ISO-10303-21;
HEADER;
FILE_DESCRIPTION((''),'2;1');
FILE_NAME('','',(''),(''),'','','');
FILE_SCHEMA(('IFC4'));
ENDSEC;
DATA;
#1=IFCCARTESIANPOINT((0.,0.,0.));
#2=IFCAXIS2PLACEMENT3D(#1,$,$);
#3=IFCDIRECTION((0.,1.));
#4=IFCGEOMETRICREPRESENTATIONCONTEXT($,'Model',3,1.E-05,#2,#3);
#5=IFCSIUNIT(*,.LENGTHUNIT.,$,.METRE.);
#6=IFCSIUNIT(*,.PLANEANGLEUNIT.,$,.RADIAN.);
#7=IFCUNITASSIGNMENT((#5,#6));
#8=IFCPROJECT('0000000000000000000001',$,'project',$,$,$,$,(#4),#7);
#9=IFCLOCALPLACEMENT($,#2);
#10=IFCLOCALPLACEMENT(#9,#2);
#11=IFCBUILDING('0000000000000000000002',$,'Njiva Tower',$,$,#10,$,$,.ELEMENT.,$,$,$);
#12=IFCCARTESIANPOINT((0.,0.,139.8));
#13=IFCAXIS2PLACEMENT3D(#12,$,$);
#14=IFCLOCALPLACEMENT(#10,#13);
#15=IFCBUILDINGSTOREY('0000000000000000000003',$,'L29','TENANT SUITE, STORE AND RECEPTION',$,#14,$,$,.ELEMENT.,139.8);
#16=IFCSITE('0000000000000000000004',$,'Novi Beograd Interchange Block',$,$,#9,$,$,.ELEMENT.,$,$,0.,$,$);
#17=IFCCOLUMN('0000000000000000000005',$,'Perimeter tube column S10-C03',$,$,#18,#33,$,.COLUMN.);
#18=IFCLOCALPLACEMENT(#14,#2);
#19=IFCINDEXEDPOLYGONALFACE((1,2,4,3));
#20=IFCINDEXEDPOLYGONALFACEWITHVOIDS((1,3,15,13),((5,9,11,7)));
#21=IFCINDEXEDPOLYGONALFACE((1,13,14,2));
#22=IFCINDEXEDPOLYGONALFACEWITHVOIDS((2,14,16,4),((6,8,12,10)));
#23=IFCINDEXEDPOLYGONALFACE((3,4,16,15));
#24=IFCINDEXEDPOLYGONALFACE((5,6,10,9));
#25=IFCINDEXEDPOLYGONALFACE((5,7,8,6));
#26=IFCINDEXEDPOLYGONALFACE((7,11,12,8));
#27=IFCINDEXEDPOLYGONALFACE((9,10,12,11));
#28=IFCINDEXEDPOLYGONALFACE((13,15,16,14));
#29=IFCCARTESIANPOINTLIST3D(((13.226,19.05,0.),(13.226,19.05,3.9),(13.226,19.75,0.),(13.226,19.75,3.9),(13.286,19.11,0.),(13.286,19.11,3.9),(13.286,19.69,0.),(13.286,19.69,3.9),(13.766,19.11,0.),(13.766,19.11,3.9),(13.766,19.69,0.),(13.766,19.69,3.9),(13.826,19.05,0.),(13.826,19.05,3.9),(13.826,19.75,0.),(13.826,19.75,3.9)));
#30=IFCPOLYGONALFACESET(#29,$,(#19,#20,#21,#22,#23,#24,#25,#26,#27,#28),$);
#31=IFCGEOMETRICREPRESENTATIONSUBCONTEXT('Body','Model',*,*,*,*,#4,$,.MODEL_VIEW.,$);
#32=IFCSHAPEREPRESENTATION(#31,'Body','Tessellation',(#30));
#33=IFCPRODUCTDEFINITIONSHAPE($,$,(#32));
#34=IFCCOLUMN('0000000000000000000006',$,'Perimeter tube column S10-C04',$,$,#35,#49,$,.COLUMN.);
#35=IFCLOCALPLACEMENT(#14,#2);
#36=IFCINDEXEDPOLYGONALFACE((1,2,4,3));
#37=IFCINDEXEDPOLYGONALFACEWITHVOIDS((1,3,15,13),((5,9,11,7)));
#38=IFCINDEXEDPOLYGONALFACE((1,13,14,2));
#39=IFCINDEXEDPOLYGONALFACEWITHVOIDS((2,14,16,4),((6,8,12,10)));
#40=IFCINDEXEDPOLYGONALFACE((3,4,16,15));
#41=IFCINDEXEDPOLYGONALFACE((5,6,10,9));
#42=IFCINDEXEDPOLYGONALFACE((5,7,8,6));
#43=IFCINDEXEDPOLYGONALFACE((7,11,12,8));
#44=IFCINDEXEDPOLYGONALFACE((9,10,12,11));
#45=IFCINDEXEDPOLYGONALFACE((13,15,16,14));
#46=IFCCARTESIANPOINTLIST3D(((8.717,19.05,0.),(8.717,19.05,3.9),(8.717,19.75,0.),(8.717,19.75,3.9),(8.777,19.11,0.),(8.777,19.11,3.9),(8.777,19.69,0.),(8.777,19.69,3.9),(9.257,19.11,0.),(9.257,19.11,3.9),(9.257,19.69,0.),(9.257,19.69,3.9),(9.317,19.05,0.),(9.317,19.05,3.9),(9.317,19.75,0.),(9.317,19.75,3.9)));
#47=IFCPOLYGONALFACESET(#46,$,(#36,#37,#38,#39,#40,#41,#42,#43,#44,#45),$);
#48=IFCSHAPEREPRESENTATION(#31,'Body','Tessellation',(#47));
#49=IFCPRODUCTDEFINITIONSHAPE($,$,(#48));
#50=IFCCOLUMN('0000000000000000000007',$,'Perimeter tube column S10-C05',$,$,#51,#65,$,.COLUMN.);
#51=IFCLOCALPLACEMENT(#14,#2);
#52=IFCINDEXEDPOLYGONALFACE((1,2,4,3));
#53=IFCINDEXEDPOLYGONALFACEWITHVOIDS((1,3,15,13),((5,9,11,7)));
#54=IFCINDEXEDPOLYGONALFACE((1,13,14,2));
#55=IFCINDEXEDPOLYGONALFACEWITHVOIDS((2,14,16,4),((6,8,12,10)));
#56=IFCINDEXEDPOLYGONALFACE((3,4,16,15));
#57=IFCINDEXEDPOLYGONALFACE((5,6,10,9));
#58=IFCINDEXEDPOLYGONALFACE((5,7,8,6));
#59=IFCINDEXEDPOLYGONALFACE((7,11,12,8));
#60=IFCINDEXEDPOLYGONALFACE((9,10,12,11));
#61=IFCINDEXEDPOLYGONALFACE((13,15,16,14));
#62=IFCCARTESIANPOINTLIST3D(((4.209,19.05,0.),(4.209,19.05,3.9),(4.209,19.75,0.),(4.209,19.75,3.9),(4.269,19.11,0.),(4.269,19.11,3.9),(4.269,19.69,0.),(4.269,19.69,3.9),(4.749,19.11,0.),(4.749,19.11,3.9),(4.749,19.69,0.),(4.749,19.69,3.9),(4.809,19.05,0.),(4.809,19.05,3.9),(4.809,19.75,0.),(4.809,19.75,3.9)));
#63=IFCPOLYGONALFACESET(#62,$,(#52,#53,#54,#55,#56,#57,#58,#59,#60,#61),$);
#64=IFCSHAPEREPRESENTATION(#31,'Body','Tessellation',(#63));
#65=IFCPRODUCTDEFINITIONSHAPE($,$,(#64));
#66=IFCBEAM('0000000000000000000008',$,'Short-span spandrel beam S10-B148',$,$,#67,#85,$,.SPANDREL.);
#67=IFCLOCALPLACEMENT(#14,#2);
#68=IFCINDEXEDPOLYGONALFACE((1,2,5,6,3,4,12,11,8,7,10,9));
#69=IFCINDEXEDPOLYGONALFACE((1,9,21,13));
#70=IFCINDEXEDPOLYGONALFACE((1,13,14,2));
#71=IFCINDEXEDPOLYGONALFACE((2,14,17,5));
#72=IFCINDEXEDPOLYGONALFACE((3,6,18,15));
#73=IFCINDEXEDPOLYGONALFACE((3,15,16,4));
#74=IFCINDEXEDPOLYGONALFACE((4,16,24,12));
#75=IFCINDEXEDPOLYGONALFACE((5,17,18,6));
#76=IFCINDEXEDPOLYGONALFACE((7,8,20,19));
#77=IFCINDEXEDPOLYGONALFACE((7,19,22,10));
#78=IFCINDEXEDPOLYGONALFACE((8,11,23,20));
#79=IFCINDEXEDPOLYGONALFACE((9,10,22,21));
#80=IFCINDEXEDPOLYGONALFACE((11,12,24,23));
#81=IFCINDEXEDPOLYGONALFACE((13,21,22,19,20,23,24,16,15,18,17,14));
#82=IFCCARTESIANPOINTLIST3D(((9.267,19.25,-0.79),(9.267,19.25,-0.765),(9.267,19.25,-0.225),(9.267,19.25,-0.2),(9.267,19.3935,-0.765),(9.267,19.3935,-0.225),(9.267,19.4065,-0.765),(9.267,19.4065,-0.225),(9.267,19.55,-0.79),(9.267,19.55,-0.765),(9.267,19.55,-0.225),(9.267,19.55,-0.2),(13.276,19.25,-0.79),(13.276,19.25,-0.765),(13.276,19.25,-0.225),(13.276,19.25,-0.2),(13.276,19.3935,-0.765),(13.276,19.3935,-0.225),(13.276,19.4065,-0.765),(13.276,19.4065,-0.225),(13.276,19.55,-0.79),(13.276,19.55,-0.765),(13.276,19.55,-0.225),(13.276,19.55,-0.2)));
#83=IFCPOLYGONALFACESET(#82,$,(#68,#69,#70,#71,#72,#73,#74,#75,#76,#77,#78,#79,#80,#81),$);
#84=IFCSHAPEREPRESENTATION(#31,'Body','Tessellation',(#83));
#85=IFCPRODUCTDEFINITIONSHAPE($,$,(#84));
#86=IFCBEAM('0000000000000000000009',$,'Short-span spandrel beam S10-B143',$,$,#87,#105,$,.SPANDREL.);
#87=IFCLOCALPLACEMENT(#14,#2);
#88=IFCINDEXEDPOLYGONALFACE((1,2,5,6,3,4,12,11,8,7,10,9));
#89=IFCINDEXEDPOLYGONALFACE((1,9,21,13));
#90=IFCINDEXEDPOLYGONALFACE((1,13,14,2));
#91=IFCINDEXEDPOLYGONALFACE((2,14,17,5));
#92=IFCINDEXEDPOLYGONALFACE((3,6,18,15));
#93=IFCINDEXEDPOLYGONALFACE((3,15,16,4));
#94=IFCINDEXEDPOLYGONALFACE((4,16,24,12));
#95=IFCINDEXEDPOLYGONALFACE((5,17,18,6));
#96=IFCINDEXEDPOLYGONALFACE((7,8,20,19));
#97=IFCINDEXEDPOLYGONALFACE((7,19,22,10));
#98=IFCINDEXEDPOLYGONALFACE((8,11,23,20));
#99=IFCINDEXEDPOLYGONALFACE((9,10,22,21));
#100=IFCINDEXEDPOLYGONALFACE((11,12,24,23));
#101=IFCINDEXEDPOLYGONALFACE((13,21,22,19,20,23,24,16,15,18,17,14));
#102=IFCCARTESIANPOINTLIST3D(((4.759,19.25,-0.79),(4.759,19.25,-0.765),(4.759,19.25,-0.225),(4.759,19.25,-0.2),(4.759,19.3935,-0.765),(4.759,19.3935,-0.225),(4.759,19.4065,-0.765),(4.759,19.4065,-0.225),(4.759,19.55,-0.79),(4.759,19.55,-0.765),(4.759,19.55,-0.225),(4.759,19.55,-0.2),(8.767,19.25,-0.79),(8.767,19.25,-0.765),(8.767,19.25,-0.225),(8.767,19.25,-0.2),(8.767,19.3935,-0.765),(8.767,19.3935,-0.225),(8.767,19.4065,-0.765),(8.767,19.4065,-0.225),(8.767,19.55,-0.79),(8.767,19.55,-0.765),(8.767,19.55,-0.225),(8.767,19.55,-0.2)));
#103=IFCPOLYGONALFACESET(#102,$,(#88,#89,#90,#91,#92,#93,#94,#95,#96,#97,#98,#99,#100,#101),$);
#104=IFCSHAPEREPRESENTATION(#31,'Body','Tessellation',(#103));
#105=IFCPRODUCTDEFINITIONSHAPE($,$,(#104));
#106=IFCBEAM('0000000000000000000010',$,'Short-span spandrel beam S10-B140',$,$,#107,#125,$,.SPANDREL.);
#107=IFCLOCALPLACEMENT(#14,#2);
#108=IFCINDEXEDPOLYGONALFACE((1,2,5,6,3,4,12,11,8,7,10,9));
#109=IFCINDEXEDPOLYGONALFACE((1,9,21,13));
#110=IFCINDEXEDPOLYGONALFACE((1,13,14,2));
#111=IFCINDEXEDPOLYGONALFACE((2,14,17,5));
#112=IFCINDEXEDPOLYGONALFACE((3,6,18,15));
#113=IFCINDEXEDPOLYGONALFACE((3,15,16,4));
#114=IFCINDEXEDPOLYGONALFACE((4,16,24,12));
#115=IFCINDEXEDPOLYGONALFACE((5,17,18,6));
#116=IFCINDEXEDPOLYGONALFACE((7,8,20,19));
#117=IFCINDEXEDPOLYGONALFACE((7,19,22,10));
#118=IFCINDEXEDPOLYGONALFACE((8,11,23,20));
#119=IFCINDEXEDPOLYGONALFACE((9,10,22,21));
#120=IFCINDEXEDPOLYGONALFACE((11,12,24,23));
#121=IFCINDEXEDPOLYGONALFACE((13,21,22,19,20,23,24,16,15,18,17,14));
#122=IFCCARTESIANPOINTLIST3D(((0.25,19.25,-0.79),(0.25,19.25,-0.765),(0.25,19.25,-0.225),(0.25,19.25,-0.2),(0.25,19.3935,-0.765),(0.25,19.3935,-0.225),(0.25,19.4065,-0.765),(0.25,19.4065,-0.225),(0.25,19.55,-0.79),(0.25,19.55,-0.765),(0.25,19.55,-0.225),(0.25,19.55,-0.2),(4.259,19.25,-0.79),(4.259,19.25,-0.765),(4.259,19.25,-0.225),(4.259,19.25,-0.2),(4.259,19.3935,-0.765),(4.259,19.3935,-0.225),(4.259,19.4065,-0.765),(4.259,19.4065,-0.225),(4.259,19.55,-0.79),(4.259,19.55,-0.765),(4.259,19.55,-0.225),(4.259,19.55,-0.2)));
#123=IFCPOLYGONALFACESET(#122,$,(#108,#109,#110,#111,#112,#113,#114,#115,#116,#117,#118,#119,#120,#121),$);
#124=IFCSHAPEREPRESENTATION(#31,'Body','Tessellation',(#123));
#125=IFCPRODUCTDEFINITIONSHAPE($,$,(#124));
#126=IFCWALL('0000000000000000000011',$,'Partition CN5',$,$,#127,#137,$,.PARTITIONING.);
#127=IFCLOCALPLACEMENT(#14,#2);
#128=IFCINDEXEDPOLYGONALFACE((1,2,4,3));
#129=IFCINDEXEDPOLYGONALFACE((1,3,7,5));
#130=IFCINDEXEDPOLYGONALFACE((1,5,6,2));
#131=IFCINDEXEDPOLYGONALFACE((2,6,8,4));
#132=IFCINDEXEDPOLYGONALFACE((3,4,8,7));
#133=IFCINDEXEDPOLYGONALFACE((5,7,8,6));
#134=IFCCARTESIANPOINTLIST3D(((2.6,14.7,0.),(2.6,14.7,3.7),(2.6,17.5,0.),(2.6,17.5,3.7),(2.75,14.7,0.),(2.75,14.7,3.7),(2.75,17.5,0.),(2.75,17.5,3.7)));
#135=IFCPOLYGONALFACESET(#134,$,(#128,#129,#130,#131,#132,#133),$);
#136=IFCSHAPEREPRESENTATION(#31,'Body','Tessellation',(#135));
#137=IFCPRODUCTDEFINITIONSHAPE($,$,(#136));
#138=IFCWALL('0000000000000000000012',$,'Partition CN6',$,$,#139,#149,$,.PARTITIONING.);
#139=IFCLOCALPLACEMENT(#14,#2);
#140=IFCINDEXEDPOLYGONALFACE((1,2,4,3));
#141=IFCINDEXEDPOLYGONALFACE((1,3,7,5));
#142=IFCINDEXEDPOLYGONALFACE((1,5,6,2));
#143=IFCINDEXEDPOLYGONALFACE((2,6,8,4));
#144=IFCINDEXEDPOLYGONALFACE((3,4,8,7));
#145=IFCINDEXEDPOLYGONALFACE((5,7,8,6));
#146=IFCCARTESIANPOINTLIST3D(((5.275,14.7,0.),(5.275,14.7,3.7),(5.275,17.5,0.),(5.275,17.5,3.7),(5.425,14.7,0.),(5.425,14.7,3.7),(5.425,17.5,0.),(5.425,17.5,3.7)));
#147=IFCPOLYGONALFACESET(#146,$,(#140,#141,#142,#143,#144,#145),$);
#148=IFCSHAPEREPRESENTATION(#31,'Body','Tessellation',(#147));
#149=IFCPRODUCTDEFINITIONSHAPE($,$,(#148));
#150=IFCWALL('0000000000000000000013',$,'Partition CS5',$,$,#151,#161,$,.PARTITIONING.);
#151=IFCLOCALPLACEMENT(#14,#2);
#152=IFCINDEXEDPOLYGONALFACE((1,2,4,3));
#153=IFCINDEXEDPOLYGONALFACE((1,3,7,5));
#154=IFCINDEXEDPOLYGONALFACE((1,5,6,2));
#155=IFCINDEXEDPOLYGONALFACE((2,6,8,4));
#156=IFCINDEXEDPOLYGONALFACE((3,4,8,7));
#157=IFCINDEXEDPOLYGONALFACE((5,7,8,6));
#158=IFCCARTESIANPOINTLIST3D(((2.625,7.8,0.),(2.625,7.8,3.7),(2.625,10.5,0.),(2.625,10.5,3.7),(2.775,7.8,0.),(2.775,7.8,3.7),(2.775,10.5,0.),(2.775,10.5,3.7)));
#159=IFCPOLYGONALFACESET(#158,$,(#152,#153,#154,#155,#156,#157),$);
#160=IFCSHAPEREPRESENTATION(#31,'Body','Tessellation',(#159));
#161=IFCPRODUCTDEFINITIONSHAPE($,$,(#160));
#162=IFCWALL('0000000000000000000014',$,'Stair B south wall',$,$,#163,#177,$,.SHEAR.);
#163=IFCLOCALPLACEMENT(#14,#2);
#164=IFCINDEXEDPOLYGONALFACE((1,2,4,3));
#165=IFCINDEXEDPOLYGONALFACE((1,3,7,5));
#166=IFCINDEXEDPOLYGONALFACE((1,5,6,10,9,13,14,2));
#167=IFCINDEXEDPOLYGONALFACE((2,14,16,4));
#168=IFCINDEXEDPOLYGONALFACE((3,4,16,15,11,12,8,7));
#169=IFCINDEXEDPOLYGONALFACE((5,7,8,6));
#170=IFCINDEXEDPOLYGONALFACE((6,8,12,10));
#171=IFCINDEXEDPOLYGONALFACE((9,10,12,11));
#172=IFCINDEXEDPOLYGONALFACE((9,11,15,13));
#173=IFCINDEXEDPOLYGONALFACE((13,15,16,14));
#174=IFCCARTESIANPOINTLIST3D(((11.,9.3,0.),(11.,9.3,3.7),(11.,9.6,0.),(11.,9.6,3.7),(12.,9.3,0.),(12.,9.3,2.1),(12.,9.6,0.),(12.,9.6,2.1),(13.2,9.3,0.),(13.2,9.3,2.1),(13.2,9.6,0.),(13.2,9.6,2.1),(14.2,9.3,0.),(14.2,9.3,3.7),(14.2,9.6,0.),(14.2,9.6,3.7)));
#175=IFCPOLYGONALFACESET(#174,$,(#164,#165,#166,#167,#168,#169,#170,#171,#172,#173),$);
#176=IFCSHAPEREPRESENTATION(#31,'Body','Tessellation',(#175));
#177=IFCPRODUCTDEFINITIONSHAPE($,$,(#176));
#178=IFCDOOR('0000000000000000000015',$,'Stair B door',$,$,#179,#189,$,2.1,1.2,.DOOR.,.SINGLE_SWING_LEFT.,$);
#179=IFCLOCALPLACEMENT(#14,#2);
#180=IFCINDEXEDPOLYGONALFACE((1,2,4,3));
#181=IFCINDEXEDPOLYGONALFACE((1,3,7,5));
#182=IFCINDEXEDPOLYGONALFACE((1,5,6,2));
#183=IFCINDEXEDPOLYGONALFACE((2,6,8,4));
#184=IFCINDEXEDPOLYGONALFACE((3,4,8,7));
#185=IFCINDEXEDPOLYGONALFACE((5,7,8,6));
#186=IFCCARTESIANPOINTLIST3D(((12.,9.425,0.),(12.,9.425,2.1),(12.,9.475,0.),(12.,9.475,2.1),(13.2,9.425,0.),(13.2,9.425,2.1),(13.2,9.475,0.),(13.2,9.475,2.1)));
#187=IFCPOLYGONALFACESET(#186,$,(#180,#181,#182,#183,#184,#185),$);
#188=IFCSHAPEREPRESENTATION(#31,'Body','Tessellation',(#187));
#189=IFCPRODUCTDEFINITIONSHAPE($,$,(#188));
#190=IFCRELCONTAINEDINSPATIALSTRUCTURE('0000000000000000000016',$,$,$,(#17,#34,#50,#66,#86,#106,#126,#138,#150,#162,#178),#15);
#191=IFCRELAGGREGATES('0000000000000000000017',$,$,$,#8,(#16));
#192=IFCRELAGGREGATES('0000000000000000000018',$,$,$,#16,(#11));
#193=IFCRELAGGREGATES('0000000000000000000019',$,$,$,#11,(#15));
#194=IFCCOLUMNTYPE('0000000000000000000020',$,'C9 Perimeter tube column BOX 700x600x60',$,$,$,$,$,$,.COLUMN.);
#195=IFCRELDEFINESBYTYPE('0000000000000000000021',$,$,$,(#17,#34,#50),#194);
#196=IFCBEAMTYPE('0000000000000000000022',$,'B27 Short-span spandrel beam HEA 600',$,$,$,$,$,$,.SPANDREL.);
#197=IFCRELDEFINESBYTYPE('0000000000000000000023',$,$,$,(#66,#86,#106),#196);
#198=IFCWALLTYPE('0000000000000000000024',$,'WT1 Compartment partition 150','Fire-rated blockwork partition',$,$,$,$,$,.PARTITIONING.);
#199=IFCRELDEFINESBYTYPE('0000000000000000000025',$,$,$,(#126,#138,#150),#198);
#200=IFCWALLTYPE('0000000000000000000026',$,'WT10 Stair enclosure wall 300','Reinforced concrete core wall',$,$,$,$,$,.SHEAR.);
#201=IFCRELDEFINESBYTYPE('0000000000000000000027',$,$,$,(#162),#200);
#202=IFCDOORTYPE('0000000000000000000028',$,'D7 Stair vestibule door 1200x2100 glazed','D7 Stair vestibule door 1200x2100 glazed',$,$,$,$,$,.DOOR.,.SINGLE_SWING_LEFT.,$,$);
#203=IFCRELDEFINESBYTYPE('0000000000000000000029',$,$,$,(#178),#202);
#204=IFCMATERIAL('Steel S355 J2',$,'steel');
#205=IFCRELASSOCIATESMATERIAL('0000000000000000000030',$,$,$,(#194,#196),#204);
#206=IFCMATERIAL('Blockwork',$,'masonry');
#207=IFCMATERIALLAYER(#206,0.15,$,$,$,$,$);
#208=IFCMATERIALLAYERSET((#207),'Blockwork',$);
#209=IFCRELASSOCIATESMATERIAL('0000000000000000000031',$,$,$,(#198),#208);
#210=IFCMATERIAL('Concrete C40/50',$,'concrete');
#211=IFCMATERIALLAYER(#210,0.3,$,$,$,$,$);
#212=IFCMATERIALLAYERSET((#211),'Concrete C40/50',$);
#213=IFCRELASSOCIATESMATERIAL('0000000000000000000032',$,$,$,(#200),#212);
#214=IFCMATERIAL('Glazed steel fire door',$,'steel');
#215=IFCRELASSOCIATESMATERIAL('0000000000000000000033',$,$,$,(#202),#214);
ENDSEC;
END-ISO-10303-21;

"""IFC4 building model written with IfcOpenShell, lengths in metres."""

from ifc_helpers import new_model, si_unit, direction, frame, frame_2d, origin, origin_2d, place, context, subcontext, project, spatial, rectangle, hollow_rectangle, i_section, extrude, material, layer, layer_set, material_profile, profile_set, type_object, element, fill, save


model = new_model("IFC4")

# Units and contexts
model_context = context("Model", 3, precision=1e-05, world=origin(), true_north=direction((0.0, 1.0)))
body_context = subcontext(model_context, "Body", "Model", "MODEL_VIEW")
ifc_project = project(units=[si_unit("LENGTHUNIT", "METRE"), si_unit("PLANEANGLEUNIT", "RADIAN")], contexts=[model_context])

# Site, building, storey
site_placement = place(None, origin())
site = spatial("IfcSite", under=ifc_project, at=site_placement, Name="Novi Beograd Interchange Block", CompositionType="ELEMENT", RefElevation=0.0)
building_placement = place(site_placement, origin())
building = spatial("IfcBuilding", under=site, at=building_placement, Name="Njiva Tower", CompositionType="ELEMENT")
storey_placement = place(building_placement, frame((0.0, 0.0, 139.8)))
storey = spatial("IfcBuildingStorey", under=building, at=storey_placement, Name="L29", Description="TENANT SUITE, STORE AND RECEPTION", CompositionType="ELEMENT", Elevation=139.8)

# Columns
ifc_material_1 = material(Name="Steel S355 J2", Category="steel")
ifc_material_profile_1 = material_profile(ifc_material_1, hollow_rectangle(XDim=0.6, YDim=0.7, WallThickness=0.06, at=origin_2d()), Name="BOX 700x600x60")
ifc_profile_set_1 = profile_set([ifc_material_profile_1], Name="Steel S355 J2")
column_type = type_object("IfcColumnType", Name="C9 Perimeter tube column BOX 700x600x60", PredefinedType="COLUMN", material=ifc_profile_set_1)
for number, where, z_axis, x_axis, name in (
    (1, (13.526, 19.4, 0.0), (0.0, 0.0, 1.0), (-1.0, 0.0, 0.0), "Perimeter tube column S10-C03"),
    (2, (9.017, 19.4, 0.0), (0.0, 0.0, 1.0), (-1.0, 0.0, 0.0), "Perimeter tube column S10-C04"),
    (3, (4.509, 19.4, 0.0), (0.0, 0.0, 1.0), (-1.0, 0.0, 0.0), "Perimeter tube column S10-C05"),
):
    element("IfcColumn", number, at=place(storey_placement, frame(where, z_axis=z_axis, x_axis=x_axis)), inside=storey, type_object=column_type, Name=name, PredefinedType="COLUMN", context=body_context, shape_type="SweptSolid", body=[
        extrude(hollow_rectangle(XDim=0.6, YDim=0.7, WallThickness=0.06, at=origin_2d()), origin(), (0.0, 0.0, 1.0), 3.9),
    ])

# Beams
ifc_material_profile_2 = material_profile(ifc_material_1, i_section(OverallWidth=0.3, OverallDepth=0.59, WebThickness=0.013, FlangeThickness=0.025, at=origin_2d()), Name="HEA 600")
ifc_profile_set_2 = profile_set([ifc_material_profile_2], Name="Steel S355 J2")
beam_type = type_object("IfcBeamType", Name="B27 Short-span spandrel beam HEA 600", PredefinedType="SPANDREL", material=ifc_profile_set_2)
beam_1_placement = place(storey_placement, frame((13.276, 19.4, -0.495), z_axis=(-1.0, 0.0, 0.0), x_axis=(0.0, -1.0, 0.0)))
element("IfcBeam", 4, at=beam_1_placement, inside=storey, type_object=beam_type, Name="Short-span spandrel beam S10-B148", PredefinedType="SPANDREL", context=body_context, shape_type="SweptSolid", body=[
    extrude(i_section(OverallWidth=0.3, OverallDepth=0.59, WebThickness=0.013, FlangeThickness=0.025, at=origin_2d()), origin(), (0.0, 0.0, 1.0), 4.009),
])
beam_2_placement = place(storey_placement, frame((8.767, 19.4, -0.495), z_axis=(-1.0, 0.0, 0.0), x_axis=(0.0, -1.0, 0.0)))
element("IfcBeam", 5, at=beam_2_placement, inside=storey, type_object=beam_type, Name="Short-span spandrel beam S10-B143", PredefinedType="SPANDREL", context=body_context, shape_type="SweptSolid", body=[
    extrude(i_section(OverallWidth=0.3, OverallDepth=0.59, WebThickness=0.013, FlangeThickness=0.025, at=origin_2d()), origin(), (0.0, 0.0, 1.0), 4.008),
])
beam_3_placement = place(storey_placement, frame((4.259, 19.4, -0.495), z_axis=(-1.0, 0.0, 0.0), x_axis=(0.0, -1.0, 0.0)))
element("IfcBeam", 6, at=beam_3_placement, inside=storey, type_object=beam_type, Name="Short-span spandrel beam S10-B140", PredefinedType="SPANDREL", context=body_context, shape_type="SweptSolid", body=[
    extrude(i_section(OverallWidth=0.3, OverallDepth=0.59, WebThickness=0.013, FlangeThickness=0.025, at=origin_2d()), origin(), (0.0, 0.0, 1.0), 4.009),
])

# Walls
ifc_material_2 = material(Name="Blockwork", Category="masonry")
ifc_layer_1 = layer(ifc_material_2, 0.15)
ifc_layer_set_1 = layer_set([ifc_layer_1], Name="Blockwork")
wall_type_1 = type_object("IfcWallType", Name="WT1 Compartment partition 150", Description="Fire-rated blockwork partition", PredefinedType="PARTITIONING", material=ifc_layer_set_1)
for number, where, z_axis, x_axis, name in (
    (7, (2.675, 14.7, 0.0), (0.0, 0.0, 1.0), (0.0, 1.0, 0.0), "Partition CN5"),
    (8, (5.35, 14.7, 0.0), (0.0, 0.0, 1.0), (0.0, 1.0, 0.0), "Partition CN6"),
):
    element("IfcWall", number, at=place(storey_placement, frame(where, z_axis=z_axis, x_axis=x_axis)), inside=storey, type_object=wall_type_1, Name=name, PredefinedType="PARTITIONING", context=body_context, shape_type="SweptSolid", body=[
        extrude(rectangle(XDim=2.8, YDim=0.15, at=frame_2d((1.4, 0.0))), origin(), (0.0, 0.0, 1.0), 3.7),
    ])
wall_1_placement = place(storey_placement, frame((2.7, 7.8, 0.0), z_axis=(0.0, 0.0, 1.0), x_axis=(0.0, 1.0, 0.0)))
element("IfcWall", 9, at=wall_1_placement, inside=storey, type_object=wall_type_1, Name="Partition CS5", PredefinedType="PARTITIONING", context=body_context, shape_type="SweptSolid", body=[
    extrude(rectangle(XDim=2.7, YDim=0.15, at=frame_2d((1.35, 0.0))), origin(), (0.0, 0.0, 1.0), 3.7),
])

# Wall, opening, door
ifc_material_3 = material(Name="Concrete C40/50", Category="concrete")
ifc_layer_2 = layer(ifc_material_3, 0.3)
ifc_layer_set_2 = layer_set([ifc_layer_2], Name="Concrete C40/50")
wall_type_2 = type_object("IfcWallType", Name="WT10 Stair enclosure wall 300", Description="Reinforced concrete core wall", PredefinedType="SHEAR", material=ifc_layer_set_2)
wall_2_placement = place(storey_placement, frame((11.0, 9.45, 0.0), z_axis=(0.0, 0.0, 1.0), x_axis=(1.0, 0.0, 0.0)))
wall_2 = element("IfcWall", 10, at=wall_2_placement, inside=storey, type_object=wall_type_2, Name="Stair B south wall", PredefinedType="SHEAR", context=body_context, shape_type="SweptSolid", body=[
    extrude(rectangle(XDim=3.2, YDim=0.3, at=frame_2d((1.6, 0.0))), origin(), (0.0, 0.0, 1.0), 3.7),
])
opening_1_placement = place(wall_2_placement, frame((1.0, 0.0, 0.0)))
opening_1 = element("IfcOpeningElement", 11, at=opening_1_placement, cuts=wall_2, PredefinedType="OPENING", context=body_context, shape_type="SweptSolid", body=[
    extrude(rectangle(XDim=1.2, YDim=2.1, at=frame_2d((0.6, 1.05))), frame((0.0, 0.16, 0.0), z_axis=(0.0, -1.0, 0.0), x_axis=(1.0, 0.0, 0.0)), (0.0, 0.0, 1.0), 0.32),
])
ifc_material_4 = material(Name="Glazed steel fire door", Category="steel")
door_type_1 = type_object("IfcDoorType", Name="D7 Stair vestibule door 1200x2100 glazed", Description="D7 Stair vestibule door 1200x2100 glazed", OperationType="SINGLE_SWING_LEFT", PredefinedType="DOOR", material=ifc_material_4)
door_1_placement = place(opening_1_placement, origin())
door_1 = element("IfcDoor", 12, at=door_1_placement, inside=storey, type_object=door_type_1, Name="Stair B door", OperationType="SINGLE_SWING_LEFT", OverallHeight=2.1, OverallWidth=1.2, PredefinedType="DOOR", context=body_context, shape_type="SweptSolid", body=[
    extrude(rectangle(XDim=1.2, YDim=2.1, at=frame_2d((0.6, 1.05))), frame((0.0, 0.025, 0.0), z_axis=(0.0, -1.0, 0.0), x_axis=(1.0, 0.0, 0.0)), (0.0, 0.0, 1.0), 0.05),
])
fill(opening_1, door_1)

save(model, "model.ifc")
